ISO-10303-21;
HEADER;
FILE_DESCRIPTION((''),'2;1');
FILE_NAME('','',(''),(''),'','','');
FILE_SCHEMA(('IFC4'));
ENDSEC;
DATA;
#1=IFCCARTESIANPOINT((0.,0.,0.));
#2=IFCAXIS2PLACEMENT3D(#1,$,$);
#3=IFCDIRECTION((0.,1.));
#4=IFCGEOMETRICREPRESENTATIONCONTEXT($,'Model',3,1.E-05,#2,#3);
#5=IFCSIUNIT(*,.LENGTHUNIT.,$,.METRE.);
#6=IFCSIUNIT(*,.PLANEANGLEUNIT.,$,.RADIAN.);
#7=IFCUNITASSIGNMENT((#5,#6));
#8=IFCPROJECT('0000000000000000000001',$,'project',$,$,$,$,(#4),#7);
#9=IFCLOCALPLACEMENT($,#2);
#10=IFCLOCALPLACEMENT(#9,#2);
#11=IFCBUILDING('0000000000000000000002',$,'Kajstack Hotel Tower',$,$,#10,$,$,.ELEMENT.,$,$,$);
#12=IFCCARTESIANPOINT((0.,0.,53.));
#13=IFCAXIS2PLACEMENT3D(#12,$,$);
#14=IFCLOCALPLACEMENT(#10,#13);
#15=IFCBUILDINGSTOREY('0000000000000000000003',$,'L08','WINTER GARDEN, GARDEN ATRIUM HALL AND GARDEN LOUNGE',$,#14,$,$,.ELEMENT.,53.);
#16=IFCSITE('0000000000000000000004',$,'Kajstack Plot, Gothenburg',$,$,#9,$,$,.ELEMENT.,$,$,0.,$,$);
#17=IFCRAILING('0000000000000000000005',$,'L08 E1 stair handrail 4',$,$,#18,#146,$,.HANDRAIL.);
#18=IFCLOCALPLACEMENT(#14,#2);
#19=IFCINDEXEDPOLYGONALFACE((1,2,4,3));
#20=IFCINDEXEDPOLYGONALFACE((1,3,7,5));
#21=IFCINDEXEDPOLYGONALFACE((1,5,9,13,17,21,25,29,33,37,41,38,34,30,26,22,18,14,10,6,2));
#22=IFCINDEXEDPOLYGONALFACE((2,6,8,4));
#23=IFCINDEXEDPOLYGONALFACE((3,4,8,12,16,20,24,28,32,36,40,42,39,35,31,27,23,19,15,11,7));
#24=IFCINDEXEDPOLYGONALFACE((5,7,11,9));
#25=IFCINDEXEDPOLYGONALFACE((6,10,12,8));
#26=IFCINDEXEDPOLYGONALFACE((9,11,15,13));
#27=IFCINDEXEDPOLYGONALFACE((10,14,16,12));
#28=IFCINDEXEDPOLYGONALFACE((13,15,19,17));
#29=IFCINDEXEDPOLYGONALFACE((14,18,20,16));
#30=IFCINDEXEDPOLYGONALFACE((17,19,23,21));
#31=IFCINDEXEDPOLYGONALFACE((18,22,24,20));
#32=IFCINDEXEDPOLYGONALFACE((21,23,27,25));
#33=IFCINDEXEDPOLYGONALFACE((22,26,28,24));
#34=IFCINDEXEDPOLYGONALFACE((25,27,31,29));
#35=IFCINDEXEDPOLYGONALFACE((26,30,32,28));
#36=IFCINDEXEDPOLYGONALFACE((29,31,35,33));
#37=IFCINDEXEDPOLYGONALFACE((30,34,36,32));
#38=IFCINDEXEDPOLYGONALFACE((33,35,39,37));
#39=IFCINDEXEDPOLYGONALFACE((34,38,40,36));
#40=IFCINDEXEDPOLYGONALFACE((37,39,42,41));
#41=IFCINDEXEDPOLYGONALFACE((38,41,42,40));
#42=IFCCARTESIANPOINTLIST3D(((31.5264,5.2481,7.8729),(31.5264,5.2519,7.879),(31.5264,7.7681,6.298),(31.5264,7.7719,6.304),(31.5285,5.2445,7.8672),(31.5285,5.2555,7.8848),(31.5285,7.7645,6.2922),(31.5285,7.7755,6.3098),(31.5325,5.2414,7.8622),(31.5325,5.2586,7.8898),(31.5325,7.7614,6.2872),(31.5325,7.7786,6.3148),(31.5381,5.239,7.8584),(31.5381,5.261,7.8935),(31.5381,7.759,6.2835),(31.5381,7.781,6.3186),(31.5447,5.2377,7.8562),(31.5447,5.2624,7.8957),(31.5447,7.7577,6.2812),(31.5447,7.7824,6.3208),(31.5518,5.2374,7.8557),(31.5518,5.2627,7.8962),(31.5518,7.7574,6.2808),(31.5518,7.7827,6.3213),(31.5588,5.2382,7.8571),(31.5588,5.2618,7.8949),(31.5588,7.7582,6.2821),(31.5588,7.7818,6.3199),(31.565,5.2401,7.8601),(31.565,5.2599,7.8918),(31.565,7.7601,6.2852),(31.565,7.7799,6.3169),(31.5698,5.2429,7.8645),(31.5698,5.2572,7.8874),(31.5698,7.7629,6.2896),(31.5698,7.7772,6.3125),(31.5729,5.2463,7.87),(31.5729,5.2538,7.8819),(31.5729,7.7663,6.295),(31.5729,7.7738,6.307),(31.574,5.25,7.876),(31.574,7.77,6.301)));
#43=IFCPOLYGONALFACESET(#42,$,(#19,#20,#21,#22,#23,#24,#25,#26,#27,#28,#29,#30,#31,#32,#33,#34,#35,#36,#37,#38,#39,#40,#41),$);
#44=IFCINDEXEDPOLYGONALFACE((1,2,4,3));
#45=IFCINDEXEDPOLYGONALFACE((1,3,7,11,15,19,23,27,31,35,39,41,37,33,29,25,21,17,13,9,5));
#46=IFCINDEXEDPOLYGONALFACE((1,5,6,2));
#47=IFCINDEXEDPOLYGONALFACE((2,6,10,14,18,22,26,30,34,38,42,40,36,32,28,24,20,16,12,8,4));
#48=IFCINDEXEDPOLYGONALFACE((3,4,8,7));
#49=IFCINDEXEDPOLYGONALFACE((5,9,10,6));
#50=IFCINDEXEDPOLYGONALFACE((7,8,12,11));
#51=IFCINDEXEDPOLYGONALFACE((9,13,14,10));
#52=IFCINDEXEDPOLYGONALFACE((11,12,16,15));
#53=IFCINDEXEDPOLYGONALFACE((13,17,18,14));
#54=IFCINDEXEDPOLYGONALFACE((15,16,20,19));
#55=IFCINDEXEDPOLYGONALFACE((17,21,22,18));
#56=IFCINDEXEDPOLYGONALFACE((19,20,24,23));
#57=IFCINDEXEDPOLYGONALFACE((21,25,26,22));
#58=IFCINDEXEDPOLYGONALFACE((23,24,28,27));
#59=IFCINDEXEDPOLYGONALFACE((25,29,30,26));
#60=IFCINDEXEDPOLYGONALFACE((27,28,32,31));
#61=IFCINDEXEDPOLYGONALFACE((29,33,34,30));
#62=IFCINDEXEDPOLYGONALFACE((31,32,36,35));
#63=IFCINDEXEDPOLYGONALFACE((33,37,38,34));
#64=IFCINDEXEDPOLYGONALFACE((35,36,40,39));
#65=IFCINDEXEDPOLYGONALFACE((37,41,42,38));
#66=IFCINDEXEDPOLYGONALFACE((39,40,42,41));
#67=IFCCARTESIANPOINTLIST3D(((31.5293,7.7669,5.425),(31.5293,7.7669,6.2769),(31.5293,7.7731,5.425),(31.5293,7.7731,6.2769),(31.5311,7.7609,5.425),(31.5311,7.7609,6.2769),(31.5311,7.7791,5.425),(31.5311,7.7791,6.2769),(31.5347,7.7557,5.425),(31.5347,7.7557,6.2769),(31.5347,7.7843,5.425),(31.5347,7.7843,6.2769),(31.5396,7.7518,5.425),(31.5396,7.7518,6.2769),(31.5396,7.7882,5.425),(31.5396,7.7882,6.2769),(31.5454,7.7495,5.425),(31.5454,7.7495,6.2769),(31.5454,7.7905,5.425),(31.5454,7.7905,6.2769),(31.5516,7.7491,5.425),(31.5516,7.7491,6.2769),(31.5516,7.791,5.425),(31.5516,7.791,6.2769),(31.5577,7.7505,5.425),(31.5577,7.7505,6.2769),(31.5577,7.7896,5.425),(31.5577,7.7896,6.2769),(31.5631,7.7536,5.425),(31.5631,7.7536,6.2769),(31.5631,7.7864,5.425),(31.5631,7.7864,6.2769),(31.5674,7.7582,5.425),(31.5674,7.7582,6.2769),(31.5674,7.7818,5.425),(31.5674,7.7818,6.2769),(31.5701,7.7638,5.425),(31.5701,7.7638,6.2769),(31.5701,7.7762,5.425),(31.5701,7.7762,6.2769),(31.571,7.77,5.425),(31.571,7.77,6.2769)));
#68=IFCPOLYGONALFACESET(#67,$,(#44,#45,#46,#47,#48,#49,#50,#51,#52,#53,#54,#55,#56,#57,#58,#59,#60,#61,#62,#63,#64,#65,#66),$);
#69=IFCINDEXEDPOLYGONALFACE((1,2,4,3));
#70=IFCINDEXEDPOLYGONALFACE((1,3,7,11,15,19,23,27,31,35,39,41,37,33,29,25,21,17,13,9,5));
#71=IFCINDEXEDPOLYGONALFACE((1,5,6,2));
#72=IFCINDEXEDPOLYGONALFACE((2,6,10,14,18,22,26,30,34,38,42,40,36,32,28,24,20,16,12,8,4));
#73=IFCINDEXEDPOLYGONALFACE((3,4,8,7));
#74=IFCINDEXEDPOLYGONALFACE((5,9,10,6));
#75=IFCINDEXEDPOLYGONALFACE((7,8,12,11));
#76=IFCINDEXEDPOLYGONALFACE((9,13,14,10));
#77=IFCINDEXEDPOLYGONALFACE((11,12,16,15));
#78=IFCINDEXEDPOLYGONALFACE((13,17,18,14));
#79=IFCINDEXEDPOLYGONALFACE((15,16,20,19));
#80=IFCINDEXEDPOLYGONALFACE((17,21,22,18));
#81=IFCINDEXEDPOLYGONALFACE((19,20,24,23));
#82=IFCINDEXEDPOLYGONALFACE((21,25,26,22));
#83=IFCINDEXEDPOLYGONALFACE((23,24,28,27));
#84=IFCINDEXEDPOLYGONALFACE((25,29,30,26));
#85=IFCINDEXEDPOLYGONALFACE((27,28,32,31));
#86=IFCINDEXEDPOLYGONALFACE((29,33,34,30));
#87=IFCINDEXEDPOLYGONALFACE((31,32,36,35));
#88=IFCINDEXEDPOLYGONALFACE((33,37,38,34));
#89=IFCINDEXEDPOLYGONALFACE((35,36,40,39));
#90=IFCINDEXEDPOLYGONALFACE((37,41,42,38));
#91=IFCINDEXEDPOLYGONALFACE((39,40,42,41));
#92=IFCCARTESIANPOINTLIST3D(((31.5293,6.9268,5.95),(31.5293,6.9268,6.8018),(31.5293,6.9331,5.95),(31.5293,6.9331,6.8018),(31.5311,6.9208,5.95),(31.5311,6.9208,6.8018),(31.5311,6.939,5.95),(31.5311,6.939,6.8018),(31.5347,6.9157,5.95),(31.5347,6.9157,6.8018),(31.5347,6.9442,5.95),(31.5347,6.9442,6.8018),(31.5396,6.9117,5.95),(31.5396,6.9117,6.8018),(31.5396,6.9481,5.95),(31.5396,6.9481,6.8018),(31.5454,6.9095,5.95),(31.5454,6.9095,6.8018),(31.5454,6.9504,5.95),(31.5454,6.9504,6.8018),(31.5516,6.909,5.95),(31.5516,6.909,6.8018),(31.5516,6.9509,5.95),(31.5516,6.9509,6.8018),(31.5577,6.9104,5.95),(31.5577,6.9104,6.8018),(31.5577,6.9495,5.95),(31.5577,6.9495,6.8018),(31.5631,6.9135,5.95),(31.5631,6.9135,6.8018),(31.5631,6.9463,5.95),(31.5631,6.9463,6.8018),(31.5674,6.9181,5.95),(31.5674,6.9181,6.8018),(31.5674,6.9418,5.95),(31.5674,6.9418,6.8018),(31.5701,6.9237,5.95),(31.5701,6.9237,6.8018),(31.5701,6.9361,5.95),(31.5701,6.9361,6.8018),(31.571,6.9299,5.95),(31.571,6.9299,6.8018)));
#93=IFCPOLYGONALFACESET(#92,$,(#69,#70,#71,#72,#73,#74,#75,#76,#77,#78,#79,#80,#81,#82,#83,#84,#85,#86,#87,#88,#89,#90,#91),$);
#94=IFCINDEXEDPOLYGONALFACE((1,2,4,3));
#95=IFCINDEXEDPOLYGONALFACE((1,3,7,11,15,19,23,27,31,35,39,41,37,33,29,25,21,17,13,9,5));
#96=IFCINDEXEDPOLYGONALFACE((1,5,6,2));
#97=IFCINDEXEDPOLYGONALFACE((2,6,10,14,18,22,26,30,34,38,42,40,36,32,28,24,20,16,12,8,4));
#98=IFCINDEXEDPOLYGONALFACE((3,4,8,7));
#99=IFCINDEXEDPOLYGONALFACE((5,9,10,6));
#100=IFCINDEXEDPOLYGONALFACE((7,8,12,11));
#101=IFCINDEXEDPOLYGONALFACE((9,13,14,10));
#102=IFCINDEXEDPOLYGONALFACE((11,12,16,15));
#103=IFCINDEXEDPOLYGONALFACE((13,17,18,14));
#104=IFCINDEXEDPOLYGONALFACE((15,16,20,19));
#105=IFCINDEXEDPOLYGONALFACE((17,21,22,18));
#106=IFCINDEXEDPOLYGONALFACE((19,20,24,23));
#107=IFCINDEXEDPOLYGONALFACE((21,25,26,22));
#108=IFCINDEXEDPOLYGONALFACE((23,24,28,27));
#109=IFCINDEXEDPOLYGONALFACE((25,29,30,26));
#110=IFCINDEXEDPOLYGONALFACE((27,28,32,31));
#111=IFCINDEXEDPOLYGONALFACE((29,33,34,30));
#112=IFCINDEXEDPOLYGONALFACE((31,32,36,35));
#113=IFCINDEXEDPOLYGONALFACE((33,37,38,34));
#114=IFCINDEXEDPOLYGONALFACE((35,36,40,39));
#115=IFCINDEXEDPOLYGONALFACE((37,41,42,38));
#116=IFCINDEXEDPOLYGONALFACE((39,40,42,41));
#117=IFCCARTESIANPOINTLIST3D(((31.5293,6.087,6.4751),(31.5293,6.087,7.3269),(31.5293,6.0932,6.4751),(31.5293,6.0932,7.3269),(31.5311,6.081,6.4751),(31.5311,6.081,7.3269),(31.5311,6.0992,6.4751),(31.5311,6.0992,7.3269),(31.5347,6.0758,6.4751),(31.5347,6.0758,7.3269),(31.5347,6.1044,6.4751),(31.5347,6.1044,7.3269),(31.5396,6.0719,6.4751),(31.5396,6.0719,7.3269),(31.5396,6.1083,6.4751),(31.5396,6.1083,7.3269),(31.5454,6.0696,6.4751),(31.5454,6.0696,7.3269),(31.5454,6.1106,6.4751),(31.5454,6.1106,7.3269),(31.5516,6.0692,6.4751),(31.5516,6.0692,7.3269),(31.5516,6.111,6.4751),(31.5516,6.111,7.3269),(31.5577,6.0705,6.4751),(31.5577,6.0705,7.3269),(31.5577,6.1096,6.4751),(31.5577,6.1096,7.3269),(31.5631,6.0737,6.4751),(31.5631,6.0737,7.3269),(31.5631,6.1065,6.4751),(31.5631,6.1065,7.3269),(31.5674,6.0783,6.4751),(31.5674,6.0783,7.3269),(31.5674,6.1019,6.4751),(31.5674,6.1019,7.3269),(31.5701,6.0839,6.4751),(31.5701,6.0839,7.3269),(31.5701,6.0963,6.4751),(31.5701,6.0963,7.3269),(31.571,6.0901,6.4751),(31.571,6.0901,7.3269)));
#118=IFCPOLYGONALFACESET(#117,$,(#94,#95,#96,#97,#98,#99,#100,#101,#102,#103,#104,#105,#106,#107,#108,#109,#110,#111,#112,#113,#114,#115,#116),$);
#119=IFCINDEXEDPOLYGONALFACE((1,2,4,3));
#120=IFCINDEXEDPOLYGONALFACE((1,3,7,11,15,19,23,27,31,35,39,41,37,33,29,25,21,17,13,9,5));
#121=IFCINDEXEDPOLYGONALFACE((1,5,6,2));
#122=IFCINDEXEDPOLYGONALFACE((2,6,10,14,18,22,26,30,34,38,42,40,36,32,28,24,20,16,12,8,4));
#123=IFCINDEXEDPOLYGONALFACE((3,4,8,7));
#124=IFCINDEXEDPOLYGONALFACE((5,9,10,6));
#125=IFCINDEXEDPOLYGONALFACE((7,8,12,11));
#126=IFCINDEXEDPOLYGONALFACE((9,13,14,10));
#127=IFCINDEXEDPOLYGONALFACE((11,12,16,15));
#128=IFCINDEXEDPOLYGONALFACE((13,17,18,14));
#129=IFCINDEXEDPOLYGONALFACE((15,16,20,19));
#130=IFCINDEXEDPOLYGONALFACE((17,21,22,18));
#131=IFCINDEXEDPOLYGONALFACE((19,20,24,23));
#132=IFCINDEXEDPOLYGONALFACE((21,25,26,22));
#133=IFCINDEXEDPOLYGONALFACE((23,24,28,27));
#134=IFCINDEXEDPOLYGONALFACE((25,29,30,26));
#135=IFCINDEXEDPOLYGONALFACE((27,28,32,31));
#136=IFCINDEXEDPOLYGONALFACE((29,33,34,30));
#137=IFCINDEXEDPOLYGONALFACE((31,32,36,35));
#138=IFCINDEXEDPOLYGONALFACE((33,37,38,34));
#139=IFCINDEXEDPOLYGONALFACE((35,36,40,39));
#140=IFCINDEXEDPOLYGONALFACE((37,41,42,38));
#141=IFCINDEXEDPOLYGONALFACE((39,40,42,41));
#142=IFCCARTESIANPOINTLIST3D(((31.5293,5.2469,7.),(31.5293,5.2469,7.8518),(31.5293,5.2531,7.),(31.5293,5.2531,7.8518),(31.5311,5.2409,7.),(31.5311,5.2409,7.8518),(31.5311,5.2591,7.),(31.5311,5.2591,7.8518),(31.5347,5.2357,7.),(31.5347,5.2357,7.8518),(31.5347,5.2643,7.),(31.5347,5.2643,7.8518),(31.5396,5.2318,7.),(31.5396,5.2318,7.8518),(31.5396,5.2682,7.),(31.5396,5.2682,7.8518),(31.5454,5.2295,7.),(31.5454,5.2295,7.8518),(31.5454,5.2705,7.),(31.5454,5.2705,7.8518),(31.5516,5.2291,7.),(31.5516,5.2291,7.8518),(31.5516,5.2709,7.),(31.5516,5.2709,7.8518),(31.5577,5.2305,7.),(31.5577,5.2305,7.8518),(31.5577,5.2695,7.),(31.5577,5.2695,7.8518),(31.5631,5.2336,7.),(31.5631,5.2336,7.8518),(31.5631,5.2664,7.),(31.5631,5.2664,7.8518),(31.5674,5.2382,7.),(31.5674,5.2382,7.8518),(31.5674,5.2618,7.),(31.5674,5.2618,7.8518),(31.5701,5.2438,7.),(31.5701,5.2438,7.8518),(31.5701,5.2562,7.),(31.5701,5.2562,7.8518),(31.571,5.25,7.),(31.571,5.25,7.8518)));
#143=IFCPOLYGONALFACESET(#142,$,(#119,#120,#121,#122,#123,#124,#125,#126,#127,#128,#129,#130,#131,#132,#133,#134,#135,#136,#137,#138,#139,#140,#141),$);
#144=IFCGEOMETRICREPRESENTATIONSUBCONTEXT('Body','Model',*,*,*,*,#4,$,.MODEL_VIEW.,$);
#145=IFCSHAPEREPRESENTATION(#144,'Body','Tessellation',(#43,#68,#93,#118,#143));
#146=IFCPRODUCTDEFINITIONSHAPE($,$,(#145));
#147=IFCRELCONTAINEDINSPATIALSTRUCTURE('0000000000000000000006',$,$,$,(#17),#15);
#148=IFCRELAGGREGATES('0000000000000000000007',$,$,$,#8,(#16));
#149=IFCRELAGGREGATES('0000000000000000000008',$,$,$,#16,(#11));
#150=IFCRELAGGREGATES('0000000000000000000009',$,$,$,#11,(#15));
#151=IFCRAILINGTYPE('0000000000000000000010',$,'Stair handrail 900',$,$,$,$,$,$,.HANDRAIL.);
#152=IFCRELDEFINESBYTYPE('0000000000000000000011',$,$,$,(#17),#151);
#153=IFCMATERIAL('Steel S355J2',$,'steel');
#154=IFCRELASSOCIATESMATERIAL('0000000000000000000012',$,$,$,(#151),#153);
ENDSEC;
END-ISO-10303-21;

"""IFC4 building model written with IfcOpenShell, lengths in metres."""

from ifc_helpers import new_model, si_unit, direction, frame, origin, origin_2d, place, context, subcontext, project, spatial, circle, extrude, material, type_object, element, save


model = new_model("IFC4")

# Units and contexts
model_context = context("Model", 3, precision=1e-05, world=origin(), true_north=direction((0.0, 1.0)))
body_context = subcontext(model_context, "Body", "Model", "MODEL_VIEW")
ifc_project = project(units=[si_unit("LENGTHUNIT", "METRE"), si_unit("PLANEANGLEUNIT", "RADIAN")], contexts=[model_context])

# Site, building, storey
site_placement = place(None, origin())
site = spatial("IfcSite", under=ifc_project, at=site_placement, Name="Kajstack Plot, Gothenburg", CompositionType="ELEMENT", RefElevation=0.0)
building_placement = place(site_placement, origin())
building = spatial("IfcBuilding", under=site, at=building_placement, Name="Kajstack Hotel Tower", CompositionType="ELEMENT")
storey_placement = place(building_placement, frame((0.0, 0.0, 53.0)))
storey = spatial("IfcBuildingStorey", under=building, at=storey_placement, Name="L08", Description="WINTER GARDEN, GARDEN ATRIUM HALL AND GARDEN LOUNGE", CompositionType="ELEMENT", Elevation=53.0)

# Railing
ifc_material_1 = material(Name="Steel S355J2", Category="steel")
railing_type_1 = type_object("IfcRailingType", Name="Stair handrail 900", PredefinedType="HANDRAIL", material=ifc_material_1)
railing_1_placement = place(storey_placement, frame((31.55, 7.77, 5.425)))
element("IfcRailing", 1, at=railing_1_placement, inside=storey, type_object=railing_type_1, Name="L08 E1 stair handrail 4", PredefinedType="HANDRAIL", context=body_context, shape_type="SweptSolid", body=[
    extrude(circle(Radius=0.0239, at=origin_2d()), frame((0.0, 0.0, 0.876), z_axis=(0.0, -0.848008, 0.529984), x_axis=(1.0, 0.0, 0.0)), (0.0, 0.0, 1.0), 2.9717),
    extrude(circle(Radius=0.021, at=origin_2d()), origin(), (0.0, 0.0, 1.0), 0.8518),
    extrude(circle(Radius=0.021, at=origin_2d()), frame((0.0, -0.8401, 0.5249)), (0.0, 0.0, 1.0), 0.8518),
    extrude(circle(Radius=0.021, at=origin_2d()), frame((0.0, -1.6799, 1.05)), (0.0, 0.0, 1.0), 0.8518),
    extrude(circle(Radius=0.021, at=origin_2d()), frame((0.0, -2.52, 1.575)), (0.0, 0.0, 1.0), 0.8518),
])

save(model, "model.ifc")
